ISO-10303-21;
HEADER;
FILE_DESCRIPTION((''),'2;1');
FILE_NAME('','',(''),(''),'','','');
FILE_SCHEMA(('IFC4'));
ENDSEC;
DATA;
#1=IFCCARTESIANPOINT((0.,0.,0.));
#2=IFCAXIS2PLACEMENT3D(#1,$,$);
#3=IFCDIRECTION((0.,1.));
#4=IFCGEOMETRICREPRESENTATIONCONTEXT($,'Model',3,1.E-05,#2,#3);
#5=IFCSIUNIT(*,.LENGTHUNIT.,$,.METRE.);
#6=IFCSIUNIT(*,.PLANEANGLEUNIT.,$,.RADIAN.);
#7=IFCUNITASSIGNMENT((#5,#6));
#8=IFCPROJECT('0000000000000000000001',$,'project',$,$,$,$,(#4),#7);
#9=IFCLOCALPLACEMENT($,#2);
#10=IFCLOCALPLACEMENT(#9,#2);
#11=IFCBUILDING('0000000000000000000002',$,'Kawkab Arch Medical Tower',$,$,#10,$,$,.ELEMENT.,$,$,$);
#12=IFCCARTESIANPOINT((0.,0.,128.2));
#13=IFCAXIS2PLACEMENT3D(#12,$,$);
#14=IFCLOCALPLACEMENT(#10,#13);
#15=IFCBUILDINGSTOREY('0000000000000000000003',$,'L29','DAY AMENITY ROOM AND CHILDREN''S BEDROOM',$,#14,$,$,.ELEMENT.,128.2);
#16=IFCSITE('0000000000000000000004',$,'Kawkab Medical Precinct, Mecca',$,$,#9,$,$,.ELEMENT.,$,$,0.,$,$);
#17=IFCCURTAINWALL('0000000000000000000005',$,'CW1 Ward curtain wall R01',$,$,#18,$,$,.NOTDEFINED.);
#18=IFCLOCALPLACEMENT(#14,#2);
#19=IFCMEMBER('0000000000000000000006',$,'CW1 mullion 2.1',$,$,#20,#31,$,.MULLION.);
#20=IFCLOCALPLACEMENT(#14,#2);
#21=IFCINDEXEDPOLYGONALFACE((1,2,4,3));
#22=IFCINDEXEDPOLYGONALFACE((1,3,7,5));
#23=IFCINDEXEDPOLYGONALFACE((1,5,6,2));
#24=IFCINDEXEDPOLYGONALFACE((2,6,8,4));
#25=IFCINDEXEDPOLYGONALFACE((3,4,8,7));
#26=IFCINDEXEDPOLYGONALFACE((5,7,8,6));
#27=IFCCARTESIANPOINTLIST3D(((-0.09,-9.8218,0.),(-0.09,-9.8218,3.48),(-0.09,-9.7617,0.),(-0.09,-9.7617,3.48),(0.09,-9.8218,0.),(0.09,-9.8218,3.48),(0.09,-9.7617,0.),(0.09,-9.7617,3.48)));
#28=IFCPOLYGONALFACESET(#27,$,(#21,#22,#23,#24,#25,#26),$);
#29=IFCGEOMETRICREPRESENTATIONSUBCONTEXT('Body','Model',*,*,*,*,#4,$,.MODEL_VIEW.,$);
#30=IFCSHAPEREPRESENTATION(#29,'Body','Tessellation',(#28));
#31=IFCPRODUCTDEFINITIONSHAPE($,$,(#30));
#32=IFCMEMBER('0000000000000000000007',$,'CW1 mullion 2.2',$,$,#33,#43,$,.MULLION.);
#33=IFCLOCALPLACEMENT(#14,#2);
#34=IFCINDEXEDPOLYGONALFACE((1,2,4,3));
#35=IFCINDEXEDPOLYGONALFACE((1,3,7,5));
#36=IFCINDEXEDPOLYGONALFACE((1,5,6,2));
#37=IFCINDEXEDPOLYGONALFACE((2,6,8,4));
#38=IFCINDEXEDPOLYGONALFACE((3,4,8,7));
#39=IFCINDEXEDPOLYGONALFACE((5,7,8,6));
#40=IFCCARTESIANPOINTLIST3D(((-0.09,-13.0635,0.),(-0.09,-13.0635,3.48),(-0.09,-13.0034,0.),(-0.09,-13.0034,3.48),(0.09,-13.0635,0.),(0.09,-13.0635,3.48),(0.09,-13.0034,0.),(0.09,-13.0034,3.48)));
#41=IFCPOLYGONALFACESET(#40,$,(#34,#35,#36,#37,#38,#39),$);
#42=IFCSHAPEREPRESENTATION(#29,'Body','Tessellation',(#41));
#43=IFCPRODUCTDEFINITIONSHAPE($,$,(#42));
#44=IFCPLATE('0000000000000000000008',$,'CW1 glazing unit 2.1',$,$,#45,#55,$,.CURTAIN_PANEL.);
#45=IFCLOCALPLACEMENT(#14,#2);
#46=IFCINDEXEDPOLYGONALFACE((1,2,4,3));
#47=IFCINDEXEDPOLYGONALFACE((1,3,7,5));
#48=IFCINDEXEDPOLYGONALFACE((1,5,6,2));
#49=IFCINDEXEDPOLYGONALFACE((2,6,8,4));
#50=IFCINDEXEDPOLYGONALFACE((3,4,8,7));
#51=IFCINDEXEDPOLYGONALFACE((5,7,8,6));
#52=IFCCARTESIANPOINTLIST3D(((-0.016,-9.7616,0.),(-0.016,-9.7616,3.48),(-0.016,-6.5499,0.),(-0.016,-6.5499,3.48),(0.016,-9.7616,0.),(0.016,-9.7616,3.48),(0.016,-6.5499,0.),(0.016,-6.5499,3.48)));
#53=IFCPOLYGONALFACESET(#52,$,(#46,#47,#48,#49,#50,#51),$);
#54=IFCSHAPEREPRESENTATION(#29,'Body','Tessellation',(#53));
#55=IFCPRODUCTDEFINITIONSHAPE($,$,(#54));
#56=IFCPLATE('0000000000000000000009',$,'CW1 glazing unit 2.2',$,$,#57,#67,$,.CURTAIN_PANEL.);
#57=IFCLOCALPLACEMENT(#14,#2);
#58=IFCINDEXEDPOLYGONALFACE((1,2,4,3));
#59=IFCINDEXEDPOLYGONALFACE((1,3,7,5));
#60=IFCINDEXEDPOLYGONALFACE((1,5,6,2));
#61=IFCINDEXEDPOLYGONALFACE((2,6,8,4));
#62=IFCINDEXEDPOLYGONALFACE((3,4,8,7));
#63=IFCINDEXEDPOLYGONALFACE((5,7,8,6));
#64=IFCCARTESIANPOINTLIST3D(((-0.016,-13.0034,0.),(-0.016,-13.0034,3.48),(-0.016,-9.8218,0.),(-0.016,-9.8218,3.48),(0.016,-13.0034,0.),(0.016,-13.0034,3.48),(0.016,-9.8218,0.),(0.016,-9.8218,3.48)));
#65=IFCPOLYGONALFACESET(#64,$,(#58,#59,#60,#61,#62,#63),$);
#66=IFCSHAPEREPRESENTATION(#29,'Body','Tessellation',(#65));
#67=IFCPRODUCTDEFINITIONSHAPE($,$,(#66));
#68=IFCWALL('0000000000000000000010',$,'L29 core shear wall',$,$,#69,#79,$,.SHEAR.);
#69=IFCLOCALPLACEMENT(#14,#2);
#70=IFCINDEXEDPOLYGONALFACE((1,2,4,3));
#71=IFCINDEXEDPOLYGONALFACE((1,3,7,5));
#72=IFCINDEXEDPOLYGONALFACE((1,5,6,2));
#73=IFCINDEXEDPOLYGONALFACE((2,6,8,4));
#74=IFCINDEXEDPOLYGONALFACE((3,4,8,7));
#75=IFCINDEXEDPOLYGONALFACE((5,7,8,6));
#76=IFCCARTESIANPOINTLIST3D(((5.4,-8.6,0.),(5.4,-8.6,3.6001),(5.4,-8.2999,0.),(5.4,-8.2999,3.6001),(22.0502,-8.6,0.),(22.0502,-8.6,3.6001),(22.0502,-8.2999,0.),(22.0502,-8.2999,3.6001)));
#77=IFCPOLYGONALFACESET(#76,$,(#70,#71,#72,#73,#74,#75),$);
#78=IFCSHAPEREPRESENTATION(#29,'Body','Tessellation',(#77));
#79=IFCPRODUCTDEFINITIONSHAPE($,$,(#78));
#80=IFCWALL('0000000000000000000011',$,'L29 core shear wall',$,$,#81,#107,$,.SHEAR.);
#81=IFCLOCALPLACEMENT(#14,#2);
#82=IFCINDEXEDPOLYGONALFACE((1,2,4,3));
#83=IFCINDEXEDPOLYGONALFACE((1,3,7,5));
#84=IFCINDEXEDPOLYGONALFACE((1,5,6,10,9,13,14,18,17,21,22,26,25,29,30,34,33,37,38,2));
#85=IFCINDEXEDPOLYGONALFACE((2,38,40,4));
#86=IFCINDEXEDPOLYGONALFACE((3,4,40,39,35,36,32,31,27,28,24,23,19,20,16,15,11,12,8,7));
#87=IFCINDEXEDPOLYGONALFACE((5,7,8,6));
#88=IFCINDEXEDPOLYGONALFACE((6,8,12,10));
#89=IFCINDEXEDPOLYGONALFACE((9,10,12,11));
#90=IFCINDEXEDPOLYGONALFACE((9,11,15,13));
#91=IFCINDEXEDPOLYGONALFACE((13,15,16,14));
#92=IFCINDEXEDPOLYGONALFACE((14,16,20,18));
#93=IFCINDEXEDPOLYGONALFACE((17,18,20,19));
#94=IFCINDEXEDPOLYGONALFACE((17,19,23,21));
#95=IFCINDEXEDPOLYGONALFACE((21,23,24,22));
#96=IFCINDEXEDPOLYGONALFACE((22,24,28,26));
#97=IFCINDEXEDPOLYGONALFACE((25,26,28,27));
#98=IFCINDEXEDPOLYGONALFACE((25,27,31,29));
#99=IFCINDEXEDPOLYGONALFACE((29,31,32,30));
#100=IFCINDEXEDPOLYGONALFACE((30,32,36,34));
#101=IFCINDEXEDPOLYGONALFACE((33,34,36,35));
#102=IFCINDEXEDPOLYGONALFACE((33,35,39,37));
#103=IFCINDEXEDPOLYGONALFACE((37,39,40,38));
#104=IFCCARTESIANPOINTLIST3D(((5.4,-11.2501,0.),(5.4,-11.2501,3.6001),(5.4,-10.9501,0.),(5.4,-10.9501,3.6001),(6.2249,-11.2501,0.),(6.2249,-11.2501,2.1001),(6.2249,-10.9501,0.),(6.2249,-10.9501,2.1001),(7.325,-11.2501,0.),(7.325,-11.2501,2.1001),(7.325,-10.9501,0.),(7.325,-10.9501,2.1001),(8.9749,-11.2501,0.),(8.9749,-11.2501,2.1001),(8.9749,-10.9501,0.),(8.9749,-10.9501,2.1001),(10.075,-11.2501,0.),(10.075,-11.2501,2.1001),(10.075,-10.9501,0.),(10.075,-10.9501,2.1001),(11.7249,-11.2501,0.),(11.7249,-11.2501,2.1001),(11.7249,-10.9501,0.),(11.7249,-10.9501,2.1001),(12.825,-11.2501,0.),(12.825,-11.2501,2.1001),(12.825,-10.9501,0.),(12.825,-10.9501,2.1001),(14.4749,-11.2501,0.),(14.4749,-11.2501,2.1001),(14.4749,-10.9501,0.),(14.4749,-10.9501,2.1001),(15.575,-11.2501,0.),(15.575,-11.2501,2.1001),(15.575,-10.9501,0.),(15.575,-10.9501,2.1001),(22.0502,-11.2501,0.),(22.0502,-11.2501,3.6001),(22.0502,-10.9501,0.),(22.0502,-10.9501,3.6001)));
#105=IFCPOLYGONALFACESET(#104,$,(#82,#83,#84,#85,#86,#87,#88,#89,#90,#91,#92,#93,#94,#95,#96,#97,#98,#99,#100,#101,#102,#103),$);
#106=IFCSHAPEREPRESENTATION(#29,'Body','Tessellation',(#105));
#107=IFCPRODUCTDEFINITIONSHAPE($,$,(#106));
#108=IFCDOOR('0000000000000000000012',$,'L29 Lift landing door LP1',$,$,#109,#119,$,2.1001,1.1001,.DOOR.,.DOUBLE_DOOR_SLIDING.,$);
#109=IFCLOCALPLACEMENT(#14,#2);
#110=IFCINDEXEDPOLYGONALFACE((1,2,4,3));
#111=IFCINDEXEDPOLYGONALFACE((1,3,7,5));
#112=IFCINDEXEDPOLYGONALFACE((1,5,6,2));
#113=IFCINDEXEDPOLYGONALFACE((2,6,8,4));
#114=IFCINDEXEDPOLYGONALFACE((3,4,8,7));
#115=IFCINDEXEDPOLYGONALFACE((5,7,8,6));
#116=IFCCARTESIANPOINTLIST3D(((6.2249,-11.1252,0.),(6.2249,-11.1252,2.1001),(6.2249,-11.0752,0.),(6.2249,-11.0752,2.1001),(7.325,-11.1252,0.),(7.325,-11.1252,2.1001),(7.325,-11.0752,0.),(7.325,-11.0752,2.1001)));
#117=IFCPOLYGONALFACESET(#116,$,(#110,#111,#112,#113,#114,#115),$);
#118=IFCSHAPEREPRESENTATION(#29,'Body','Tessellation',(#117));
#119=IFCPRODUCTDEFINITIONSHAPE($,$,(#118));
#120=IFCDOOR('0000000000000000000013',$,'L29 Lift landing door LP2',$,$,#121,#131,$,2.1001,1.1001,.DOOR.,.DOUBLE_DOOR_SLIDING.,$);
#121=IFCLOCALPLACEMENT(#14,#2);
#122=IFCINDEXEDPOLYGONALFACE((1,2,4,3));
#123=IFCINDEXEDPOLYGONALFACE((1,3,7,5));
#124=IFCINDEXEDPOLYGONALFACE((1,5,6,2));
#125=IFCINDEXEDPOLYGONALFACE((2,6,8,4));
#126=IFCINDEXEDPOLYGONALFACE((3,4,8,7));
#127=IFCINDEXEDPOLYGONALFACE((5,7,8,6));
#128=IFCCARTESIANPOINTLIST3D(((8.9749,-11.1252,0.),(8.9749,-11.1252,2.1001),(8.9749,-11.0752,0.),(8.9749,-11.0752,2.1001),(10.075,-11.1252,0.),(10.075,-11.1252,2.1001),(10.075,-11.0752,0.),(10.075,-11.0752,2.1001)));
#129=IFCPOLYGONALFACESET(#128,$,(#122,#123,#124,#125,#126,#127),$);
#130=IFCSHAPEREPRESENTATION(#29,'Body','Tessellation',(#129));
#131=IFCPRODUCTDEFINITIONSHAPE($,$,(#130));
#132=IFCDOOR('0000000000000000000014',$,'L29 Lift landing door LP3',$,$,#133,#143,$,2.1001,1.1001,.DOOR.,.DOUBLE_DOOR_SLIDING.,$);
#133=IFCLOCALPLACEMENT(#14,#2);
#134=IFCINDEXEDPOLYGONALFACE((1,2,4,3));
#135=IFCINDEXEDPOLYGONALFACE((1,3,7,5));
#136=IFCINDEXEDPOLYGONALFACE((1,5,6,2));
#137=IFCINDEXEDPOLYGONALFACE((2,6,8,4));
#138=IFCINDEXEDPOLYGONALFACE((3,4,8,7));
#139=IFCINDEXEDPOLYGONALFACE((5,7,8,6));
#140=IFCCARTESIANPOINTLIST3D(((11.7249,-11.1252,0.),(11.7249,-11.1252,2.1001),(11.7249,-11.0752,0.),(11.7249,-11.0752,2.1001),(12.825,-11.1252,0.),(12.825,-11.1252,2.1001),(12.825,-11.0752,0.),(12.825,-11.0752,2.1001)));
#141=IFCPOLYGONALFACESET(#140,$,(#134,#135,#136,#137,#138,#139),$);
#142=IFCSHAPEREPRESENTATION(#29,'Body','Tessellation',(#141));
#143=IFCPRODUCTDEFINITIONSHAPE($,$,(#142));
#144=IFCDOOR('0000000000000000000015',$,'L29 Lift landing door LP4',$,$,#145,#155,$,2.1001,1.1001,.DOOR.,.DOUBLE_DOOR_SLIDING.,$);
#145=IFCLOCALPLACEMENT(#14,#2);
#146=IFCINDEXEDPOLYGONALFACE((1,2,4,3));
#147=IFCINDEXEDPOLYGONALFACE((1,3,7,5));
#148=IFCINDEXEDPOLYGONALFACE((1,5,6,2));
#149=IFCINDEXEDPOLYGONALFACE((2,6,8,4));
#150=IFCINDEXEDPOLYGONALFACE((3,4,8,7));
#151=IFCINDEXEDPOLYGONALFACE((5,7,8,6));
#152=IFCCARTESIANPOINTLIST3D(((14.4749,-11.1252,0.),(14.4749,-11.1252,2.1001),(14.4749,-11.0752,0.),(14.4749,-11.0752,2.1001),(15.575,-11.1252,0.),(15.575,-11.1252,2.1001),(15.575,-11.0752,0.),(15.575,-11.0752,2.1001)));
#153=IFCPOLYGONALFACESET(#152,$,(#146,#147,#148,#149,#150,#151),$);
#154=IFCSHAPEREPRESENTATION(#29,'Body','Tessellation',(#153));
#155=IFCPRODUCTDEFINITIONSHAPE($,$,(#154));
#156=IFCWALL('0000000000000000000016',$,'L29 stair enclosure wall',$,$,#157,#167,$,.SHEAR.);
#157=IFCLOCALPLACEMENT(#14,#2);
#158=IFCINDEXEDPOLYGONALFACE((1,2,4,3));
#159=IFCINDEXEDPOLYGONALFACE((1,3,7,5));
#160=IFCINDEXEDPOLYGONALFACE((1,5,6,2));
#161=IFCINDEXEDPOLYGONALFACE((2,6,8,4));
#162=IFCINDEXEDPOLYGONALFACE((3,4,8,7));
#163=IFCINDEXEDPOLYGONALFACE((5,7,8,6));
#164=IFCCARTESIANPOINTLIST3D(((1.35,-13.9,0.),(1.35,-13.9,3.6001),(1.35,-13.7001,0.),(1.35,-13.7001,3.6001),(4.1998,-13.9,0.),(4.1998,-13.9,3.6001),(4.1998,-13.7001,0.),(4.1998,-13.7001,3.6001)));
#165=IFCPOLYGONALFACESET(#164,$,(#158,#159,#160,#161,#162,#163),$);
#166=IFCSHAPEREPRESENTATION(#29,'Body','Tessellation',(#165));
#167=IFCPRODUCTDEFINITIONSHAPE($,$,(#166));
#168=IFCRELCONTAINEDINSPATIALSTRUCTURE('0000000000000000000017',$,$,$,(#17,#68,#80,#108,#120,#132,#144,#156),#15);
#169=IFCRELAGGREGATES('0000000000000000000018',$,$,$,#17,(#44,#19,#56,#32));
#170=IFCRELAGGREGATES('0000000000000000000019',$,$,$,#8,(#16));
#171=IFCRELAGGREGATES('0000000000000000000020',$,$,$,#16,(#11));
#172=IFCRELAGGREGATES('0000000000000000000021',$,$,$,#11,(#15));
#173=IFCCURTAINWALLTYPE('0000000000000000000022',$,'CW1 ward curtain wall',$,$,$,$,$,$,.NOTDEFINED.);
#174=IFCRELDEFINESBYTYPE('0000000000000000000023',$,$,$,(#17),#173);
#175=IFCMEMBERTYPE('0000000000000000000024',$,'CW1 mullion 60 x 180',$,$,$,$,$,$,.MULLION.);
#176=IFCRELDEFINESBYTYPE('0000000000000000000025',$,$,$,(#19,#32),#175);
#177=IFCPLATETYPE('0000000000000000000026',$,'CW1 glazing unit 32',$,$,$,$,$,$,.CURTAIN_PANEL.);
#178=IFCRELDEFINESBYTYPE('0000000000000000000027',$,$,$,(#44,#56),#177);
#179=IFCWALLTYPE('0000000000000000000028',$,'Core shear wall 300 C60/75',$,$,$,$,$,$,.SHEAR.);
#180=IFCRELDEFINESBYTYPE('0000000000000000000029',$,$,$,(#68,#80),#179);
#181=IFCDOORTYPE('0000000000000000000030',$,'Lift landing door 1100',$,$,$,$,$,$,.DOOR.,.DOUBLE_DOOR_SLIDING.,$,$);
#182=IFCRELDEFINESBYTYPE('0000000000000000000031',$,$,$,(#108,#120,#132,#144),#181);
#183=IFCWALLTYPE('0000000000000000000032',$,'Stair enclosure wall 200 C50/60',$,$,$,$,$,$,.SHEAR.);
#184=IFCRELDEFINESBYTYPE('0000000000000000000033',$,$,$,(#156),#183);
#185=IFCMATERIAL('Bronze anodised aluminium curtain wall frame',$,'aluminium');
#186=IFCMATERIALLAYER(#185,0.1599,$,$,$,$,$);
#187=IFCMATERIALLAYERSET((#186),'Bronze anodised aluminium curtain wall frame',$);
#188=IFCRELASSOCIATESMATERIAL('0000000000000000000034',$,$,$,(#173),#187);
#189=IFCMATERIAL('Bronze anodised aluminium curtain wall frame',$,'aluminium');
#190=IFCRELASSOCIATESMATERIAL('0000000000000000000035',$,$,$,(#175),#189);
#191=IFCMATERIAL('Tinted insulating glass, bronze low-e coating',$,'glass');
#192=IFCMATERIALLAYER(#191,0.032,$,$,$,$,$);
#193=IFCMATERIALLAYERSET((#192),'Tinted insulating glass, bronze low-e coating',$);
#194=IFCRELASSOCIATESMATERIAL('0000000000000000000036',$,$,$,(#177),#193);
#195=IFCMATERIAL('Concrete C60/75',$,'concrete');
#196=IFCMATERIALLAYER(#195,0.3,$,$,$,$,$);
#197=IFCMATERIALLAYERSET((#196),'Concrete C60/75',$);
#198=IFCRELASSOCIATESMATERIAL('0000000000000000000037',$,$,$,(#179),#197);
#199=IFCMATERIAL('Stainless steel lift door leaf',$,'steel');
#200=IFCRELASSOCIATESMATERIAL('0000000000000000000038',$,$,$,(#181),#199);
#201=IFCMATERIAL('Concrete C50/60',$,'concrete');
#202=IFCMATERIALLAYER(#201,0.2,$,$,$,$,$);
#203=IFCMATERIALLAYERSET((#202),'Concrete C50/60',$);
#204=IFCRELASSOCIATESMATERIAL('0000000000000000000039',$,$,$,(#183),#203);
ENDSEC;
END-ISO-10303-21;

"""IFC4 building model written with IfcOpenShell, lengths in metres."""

from ifc_helpers import new_model, si_unit, direction, frame, frame_2d, origin, origin_2d, place, context, subcontext, project, spatial, rectangle, extrude, material, layer, layer_set, material_profile, profile_set, type_object, element, fill, aggregate, save


model = new_model("IFC4")

# Units and contexts
model_context = context("Model", 3, precision=1e-05, world=origin(), true_north=direction((0.0, 1.0)))
body_context = subcontext(model_context, "Body", "Model", "MODEL_VIEW")
ifc_project = project(units=[si_unit("LENGTHUNIT", "METRE"), si_unit("PLANEANGLEUNIT", "RADIAN")], contexts=[model_context])

# Site, building, storey
site_placement = place(None, origin())
site = spatial("IfcSite", under=ifc_project, at=site_placement, Name="Kawkab Medical Precinct, Mecca", CompositionType="ELEMENT", RefElevation=0.0)
building_placement = place(site_placement, origin())
building = spatial("IfcBuilding", under=site, at=building_placement, Name="Kawkab Arch Medical Tower", CompositionType="ELEMENT")
storey_placement = place(building_placement, frame((0.0, 0.0, 128.2)))
storey = spatial("IfcBuildingStorey", under=building, at=storey_placement, Name="L29", Description="DAY AMENITY ROOM AND CHILDREN'S BEDROOM", CompositionType="ELEMENT", Elevation=128.2)

# Curtain wall, members, plates
ifc_material_1 = material(Name="Bronze anodised aluminium curtain wall frame", Category="aluminium")
ifc_layer_1 = layer(ifc_material_1, 0.1599)
ifc_layer_set_1 = layer_set([ifc_layer_1], Name="Bronze anodised aluminium curtain wall frame")
curtain_wall_type = type_object("IfcCurtainWallType", Name="CW1 ward curtain wall", PredefinedType="NOTDEFINED", material=ifc_layer_set_1)
placement = place(storey_placement, origin())
curtain_wall = element("IfcCurtainWall", 1, at=placement, inside=storey, type_object=curtain_wall_type, Name="CW1 Ward curtain wall R01", PredefinedType="NOTDEFINED")
ifc_material_2 = material(Name="Bronze anodised aluminium curtain wall frame", Category="aluminium")
ifc_material_profile_1 = material_profile(ifc_material_2, rectangle(XDim=0.1799, YDim=0.0601, at=origin_2d()), Name="AL 60x180")
ifc_profile_set_1 = profile_set([ifc_material_profile_1], Name="Bronze anodised aluminium curtain wall frame")
member_type = type_object("IfcMemberType", Name="CW1 mullion 60 x 180", PredefinedType="MULLION", material=ifc_profile_set_1)
member_1_placement = place(storey_placement, frame((0.0, -9.7917, 0.0), z_axis=(0.0, 0.0, 1.0), x_axis=(1.0, 0.0, 0.0)))
member_1 = element("IfcMember", 2, at=member_1_placement, type_object=member_type, Name="CW1 mullion 2.1", PredefinedType="MULLION", context=body_context, shape_type="SweptSolid", body=[
    extrude(rectangle(XDim=0.1799, YDim=0.0601, at=origin_2d()), origin(), (0.0, 0.0, 1.0), 3.48),
])
member_2_placement = place(storey_placement, frame((0.0, -13.0334, 0.0), z_axis=(0.0, 0.0, 1.0), x_axis=(1.0, 0.0, 0.0)))
member_2 = element("IfcMember", 3, at=member_2_placement, type_object=member_type, Name="CW1 mullion 2.2", PredefinedType="MULLION", context=body_context, shape_type="SweptSolid", body=[
    extrude(rectangle(XDim=0.1799, YDim=0.0601, at=origin_2d()), origin(), (0.0, 0.0, 1.0), 3.48),
])
ifc_material_3 = material(Name="Tinted insulating glass, bronze low-e coating", Category="glass")
ifc_layer_2 = layer(ifc_material_3, 0.032)
ifc_layer_set_2 = layer_set([ifc_layer_2], Name="Tinted insulating glass, bronze low-e coating")
plate_type = type_object("IfcPlateType", Name="CW1 glazing unit 32", PredefinedType="CURTAIN_PANEL", material=ifc_layer_set_2)
plate_1_placement = place(storey_placement, frame((0.0, -8.1558, 0.0), z_axis=(0.0, 0.0, 1.0), x_axis=(0.0, -1.0, 0.0)))
plate_1 = element("IfcPlate", 4, at=plate_1_placement, type_object=plate_type, Name="CW1 glazing unit 2.1", PredefinedType="CURTAIN_PANEL", context=body_context, shape_type="SweptSolid", body=[
    extrude(rectangle(XDim=3.2117, YDim=0.032, at=origin_2d()), origin(), (0.0, 0.0, 1.0), 3.48),
])
plate_2_placement = place(storey_placement, frame((0.0, -11.4126, 0.0), z_axis=(0.0, 0.0, 1.0), x_axis=(0.0, -1.0, 0.0)))
plate_2 = element("IfcPlate", 5, at=plate_2_placement, type_object=plate_type, Name="CW1 glazing unit 2.2", PredefinedType="CURTAIN_PANEL", context=body_context, shape_type="SweptSolid", body=[
    extrude(rectangle(XDim=3.1816, YDim=0.032, at=origin_2d()), origin(), (0.0, 0.0, 1.0), 3.48),
])
aggregate(curtain_wall, [plate_1, member_1, plate_2, member_2])

# Wall
ifc_material_4 = material(Name="Concrete C60/75", Category="concrete")
ifc_layer_3 = layer(ifc_material_4, 0.3)
ifc_layer_set_3 = layer_set([ifc_layer_3], Name="Concrete C60/75")
wall_type_1 = type_object("IfcWallType", Name="Core shear wall 300 C60/75", PredefinedType="SHEAR", material=ifc_layer_set_3)
wall_1_placement = place(storey_placement, frame((5.3999, -8.45, 0.0), z_axis=(0.0, 0.0, 1.0), x_axis=(1.0, 0.0, 0.0)))
element("IfcWall", 6, at=wall_1_placement, inside=storey, type_object=wall_type_1, Name="L29 core shear wall", PredefinedType="SHEAR", context=body_context, shape_type="SweptSolid", body=[
    extrude(rectangle(XDim=16.6501, YDim=0.3, at=frame_2d((8.3252, 0.0))), origin(), (0.0, 0.0, 1.0), 3.6001),
])

# Wall, openings, doors
wall_2_placement = place(storey_placement, frame((5.3999, -11.1001, 0.0), z_axis=(0.0, 0.0, 1.0), x_axis=(1.0, 0.0, 0.0)))
wall_2 = element("IfcWall", 7, at=wall_2_placement, inside=storey, type_object=wall_type_1, Name="L29 core shear wall", PredefinedType="SHEAR", context=body_context, shape_type="SweptSolid", body=[
    extrude(rectangle(XDim=16.6501, YDim=0.3, at=frame_2d((8.3252, 0.0))), origin(), (0.0, 0.0, 1.0), 3.6001),
])
opening_1_placement = place(wall_2_placement, frame((0.825, 0.0, 0.0)))
opening_1 = element("IfcOpeningElement", 8, at=opening_1_placement, cuts=wall_2, PredefinedType="OPENING", context=body_context, shape_type="SweptSolid", body=[
    extrude(rectangle(XDim=1.1001, YDim=2.1001, at=frame_2d((0.55, 1.05))), frame((0.0, 0.1599, 0.0), z_axis=(0.0, -1.0, 0.0), x_axis=(1.0, 0.0, 0.0)), (0.0, 0.0, 1.0), 0.3201),
])
opening_2_placement = place(wall_2_placement, frame((3.575, 0.0, 0.0)))
opening_2 = element("IfcOpeningElement", 9, at=opening_2_placement, cuts=wall_2, PredefinedType="OPENING", context=body_context, shape_type="SweptSolid", body=[
    extrude(rectangle(XDim=1.1001, YDim=2.1001, at=frame_2d((0.55, 1.05))), frame((0.0, 0.1599, 0.0), z_axis=(0.0, -1.0, 0.0), x_axis=(1.0, 0.0, 0.0)), (0.0, 0.0, 1.0), 0.3201),
])
opening_3_placement = place(wall_2_placement, frame((6.325, 0.0, 0.0)))
opening_3 = element("IfcOpeningElement", 10, at=opening_3_placement, cuts=wall_2, PredefinedType="OPENING", context=body_context, shape_type="SweptSolid", body=[
    extrude(rectangle(XDim=1.1001, YDim=2.1001, at=frame_2d((0.55, 1.05))), frame((0.0, 0.1599, 0.0), z_axis=(0.0, -1.0, 0.0), x_axis=(1.0, 0.0, 0.0)), (0.0, 0.0, 1.0), 0.3201),
])
opening_4_placement = place(wall_2_placement, frame((9.075, 0.0, 0.0)))
opening_4 = element("IfcOpeningElement", 11, at=opening_4_placement, cuts=wall_2, PredefinedType="OPENING", context=body_context, shape_type="SweptSolid", body=[
    extrude(rectangle(XDim=1.1001, YDim=2.1001, at=frame_2d((0.55, 1.05))), frame((0.0, 0.1599, 0.0), z_axis=(0.0, -1.0, 0.0), x_axis=(1.0, 0.0, 0.0)), (0.0, 0.0, 1.0), 0.3201),
])
ifc_material_5 = material(Name="Stainless steel lift door leaf", Category="steel")
door_type = type_object("IfcDoorType", Name="Lift landing door 1100", OperationType="DOUBLE_DOOR_SLIDING", PredefinedType="DOOR", material=ifc_material_5)
door_1_placement = place(opening_1_placement, origin())
door_1 = element("IfcDoor", 12, at=door_1_placement, inside=storey, type_object=door_type, Name="L29 Lift landing door LP1", OperationType="DOUBLE_DOOR_SLIDING", OverallHeight=2.1001, OverallWidth=1.1001, PredefinedType="DOOR", context=body_context, shape_type="SweptSolid", body=[
    extrude(rectangle(XDim=1.1001, YDim=2.1001, at=frame_2d((0.55, 1.05))), frame((0.0, 0.0249, 0.0), z_axis=(0.0, -1.0, 0.0), x_axis=(1.0, 0.0, 0.0)), (0.0, 0.0, 1.0), 0.05),
])
fill(opening_1, door_1)
door_2_placement = place(opening_2_placement, origin())
door_2 = element("IfcDoor", 13, at=door_2_placement, inside=storey, type_object=door_type, Name="L29 Lift landing door LP2", OperationType="DOUBLE_DOOR_SLIDING", OverallHeight=2.1001, OverallWidth=1.1001, PredefinedType="DOOR", context=body_context, shape_type="SweptSolid", body=[
    extrude(rectangle(XDim=1.1001, YDim=2.1001, at=frame_2d((0.55, 1.05))), frame((0.0, 0.0249, 0.0), z_axis=(0.0, -1.0, 0.0), x_axis=(1.0, 0.0, 0.0)), (0.0, 0.0, 1.0), 0.05),
])
fill(opening_2, door_2)
door_3_placement = place(opening_3_placement, origin())
door_3 = element("IfcDoor", 14, at=door_3_placement, inside=storey, type_object=door_type, Name="L29 Lift landing door LP3", OperationType="DOUBLE_DOOR_SLIDING", OverallHeight=2.1001, OverallWidth=1.1001, PredefinedType="DOOR", context=body_context, shape_type="SweptSolid", body=[
    extrude(rectangle(XDim=1.1001, YDim=2.1001, at=frame_2d((0.55, 1.05))), frame((0.0, 0.0249, 0.0), z_axis=(0.0, -1.0, 0.0), x_axis=(1.0, 0.0, 0.0)), (0.0, 0.0, 1.0), 0.05),
])
fill(opening_3, door_3)
door_4_placement = place(opening_4_placement, origin())
door_4 = element("IfcDoor", 15, at=door_4_placement, inside=storey, type_object=door_type, Name="L29 Lift landing door LP4", OperationType="DOUBLE_DOOR_SLIDING", OverallHeight=2.1001, OverallWidth=1.1001, PredefinedType="DOOR", context=body_context, shape_type="SweptSolid", body=[
    extrude(rectangle(XDim=1.1001, YDim=2.1001, at=frame_2d((0.55, 1.05))), frame((0.0, 0.0249, 0.0), z_axis=(0.0, -1.0, 0.0), x_axis=(1.0, 0.0, 0.0)), (0.0, 0.0, 1.0), 0.05),
])
fill(opening_4, door_4)

# Wall
ifc_material_6 = material(Name="Concrete C50/60", Category="concrete")
ifc_layer_4 = layer(ifc_material_6, 0.2)
ifc_layer_set_4 = layer_set([ifc_layer_4], Name="Concrete C50/60")
wall_type_2 = type_object("IfcWallType", Name="Stair enclosure wall 200 C50/60", PredefinedType="SHEAR", material=ifc_layer_set_4)
wall_3_placement = place(storey_placement, frame((1.3501, -13.8, 0.0), z_axis=(0.0, 0.0, 1.0), x_axis=(1.0, 0.0, 0.0)))
element("IfcWall", 16, at=wall_3_placement, inside=storey, type_object=wall_type_2, Name="L29 stair enclosure wall", PredefinedType="SHEAR", context=body_context, shape_type="SweptSolid", body=[
    extrude(rectangle(XDim=2.8499, YDim=0.2, at=frame_2d((1.4248, 0.0))), origin(), (0.0, 0.0, 1.0), 3.6001),
])

save(model, "model.ifc")
